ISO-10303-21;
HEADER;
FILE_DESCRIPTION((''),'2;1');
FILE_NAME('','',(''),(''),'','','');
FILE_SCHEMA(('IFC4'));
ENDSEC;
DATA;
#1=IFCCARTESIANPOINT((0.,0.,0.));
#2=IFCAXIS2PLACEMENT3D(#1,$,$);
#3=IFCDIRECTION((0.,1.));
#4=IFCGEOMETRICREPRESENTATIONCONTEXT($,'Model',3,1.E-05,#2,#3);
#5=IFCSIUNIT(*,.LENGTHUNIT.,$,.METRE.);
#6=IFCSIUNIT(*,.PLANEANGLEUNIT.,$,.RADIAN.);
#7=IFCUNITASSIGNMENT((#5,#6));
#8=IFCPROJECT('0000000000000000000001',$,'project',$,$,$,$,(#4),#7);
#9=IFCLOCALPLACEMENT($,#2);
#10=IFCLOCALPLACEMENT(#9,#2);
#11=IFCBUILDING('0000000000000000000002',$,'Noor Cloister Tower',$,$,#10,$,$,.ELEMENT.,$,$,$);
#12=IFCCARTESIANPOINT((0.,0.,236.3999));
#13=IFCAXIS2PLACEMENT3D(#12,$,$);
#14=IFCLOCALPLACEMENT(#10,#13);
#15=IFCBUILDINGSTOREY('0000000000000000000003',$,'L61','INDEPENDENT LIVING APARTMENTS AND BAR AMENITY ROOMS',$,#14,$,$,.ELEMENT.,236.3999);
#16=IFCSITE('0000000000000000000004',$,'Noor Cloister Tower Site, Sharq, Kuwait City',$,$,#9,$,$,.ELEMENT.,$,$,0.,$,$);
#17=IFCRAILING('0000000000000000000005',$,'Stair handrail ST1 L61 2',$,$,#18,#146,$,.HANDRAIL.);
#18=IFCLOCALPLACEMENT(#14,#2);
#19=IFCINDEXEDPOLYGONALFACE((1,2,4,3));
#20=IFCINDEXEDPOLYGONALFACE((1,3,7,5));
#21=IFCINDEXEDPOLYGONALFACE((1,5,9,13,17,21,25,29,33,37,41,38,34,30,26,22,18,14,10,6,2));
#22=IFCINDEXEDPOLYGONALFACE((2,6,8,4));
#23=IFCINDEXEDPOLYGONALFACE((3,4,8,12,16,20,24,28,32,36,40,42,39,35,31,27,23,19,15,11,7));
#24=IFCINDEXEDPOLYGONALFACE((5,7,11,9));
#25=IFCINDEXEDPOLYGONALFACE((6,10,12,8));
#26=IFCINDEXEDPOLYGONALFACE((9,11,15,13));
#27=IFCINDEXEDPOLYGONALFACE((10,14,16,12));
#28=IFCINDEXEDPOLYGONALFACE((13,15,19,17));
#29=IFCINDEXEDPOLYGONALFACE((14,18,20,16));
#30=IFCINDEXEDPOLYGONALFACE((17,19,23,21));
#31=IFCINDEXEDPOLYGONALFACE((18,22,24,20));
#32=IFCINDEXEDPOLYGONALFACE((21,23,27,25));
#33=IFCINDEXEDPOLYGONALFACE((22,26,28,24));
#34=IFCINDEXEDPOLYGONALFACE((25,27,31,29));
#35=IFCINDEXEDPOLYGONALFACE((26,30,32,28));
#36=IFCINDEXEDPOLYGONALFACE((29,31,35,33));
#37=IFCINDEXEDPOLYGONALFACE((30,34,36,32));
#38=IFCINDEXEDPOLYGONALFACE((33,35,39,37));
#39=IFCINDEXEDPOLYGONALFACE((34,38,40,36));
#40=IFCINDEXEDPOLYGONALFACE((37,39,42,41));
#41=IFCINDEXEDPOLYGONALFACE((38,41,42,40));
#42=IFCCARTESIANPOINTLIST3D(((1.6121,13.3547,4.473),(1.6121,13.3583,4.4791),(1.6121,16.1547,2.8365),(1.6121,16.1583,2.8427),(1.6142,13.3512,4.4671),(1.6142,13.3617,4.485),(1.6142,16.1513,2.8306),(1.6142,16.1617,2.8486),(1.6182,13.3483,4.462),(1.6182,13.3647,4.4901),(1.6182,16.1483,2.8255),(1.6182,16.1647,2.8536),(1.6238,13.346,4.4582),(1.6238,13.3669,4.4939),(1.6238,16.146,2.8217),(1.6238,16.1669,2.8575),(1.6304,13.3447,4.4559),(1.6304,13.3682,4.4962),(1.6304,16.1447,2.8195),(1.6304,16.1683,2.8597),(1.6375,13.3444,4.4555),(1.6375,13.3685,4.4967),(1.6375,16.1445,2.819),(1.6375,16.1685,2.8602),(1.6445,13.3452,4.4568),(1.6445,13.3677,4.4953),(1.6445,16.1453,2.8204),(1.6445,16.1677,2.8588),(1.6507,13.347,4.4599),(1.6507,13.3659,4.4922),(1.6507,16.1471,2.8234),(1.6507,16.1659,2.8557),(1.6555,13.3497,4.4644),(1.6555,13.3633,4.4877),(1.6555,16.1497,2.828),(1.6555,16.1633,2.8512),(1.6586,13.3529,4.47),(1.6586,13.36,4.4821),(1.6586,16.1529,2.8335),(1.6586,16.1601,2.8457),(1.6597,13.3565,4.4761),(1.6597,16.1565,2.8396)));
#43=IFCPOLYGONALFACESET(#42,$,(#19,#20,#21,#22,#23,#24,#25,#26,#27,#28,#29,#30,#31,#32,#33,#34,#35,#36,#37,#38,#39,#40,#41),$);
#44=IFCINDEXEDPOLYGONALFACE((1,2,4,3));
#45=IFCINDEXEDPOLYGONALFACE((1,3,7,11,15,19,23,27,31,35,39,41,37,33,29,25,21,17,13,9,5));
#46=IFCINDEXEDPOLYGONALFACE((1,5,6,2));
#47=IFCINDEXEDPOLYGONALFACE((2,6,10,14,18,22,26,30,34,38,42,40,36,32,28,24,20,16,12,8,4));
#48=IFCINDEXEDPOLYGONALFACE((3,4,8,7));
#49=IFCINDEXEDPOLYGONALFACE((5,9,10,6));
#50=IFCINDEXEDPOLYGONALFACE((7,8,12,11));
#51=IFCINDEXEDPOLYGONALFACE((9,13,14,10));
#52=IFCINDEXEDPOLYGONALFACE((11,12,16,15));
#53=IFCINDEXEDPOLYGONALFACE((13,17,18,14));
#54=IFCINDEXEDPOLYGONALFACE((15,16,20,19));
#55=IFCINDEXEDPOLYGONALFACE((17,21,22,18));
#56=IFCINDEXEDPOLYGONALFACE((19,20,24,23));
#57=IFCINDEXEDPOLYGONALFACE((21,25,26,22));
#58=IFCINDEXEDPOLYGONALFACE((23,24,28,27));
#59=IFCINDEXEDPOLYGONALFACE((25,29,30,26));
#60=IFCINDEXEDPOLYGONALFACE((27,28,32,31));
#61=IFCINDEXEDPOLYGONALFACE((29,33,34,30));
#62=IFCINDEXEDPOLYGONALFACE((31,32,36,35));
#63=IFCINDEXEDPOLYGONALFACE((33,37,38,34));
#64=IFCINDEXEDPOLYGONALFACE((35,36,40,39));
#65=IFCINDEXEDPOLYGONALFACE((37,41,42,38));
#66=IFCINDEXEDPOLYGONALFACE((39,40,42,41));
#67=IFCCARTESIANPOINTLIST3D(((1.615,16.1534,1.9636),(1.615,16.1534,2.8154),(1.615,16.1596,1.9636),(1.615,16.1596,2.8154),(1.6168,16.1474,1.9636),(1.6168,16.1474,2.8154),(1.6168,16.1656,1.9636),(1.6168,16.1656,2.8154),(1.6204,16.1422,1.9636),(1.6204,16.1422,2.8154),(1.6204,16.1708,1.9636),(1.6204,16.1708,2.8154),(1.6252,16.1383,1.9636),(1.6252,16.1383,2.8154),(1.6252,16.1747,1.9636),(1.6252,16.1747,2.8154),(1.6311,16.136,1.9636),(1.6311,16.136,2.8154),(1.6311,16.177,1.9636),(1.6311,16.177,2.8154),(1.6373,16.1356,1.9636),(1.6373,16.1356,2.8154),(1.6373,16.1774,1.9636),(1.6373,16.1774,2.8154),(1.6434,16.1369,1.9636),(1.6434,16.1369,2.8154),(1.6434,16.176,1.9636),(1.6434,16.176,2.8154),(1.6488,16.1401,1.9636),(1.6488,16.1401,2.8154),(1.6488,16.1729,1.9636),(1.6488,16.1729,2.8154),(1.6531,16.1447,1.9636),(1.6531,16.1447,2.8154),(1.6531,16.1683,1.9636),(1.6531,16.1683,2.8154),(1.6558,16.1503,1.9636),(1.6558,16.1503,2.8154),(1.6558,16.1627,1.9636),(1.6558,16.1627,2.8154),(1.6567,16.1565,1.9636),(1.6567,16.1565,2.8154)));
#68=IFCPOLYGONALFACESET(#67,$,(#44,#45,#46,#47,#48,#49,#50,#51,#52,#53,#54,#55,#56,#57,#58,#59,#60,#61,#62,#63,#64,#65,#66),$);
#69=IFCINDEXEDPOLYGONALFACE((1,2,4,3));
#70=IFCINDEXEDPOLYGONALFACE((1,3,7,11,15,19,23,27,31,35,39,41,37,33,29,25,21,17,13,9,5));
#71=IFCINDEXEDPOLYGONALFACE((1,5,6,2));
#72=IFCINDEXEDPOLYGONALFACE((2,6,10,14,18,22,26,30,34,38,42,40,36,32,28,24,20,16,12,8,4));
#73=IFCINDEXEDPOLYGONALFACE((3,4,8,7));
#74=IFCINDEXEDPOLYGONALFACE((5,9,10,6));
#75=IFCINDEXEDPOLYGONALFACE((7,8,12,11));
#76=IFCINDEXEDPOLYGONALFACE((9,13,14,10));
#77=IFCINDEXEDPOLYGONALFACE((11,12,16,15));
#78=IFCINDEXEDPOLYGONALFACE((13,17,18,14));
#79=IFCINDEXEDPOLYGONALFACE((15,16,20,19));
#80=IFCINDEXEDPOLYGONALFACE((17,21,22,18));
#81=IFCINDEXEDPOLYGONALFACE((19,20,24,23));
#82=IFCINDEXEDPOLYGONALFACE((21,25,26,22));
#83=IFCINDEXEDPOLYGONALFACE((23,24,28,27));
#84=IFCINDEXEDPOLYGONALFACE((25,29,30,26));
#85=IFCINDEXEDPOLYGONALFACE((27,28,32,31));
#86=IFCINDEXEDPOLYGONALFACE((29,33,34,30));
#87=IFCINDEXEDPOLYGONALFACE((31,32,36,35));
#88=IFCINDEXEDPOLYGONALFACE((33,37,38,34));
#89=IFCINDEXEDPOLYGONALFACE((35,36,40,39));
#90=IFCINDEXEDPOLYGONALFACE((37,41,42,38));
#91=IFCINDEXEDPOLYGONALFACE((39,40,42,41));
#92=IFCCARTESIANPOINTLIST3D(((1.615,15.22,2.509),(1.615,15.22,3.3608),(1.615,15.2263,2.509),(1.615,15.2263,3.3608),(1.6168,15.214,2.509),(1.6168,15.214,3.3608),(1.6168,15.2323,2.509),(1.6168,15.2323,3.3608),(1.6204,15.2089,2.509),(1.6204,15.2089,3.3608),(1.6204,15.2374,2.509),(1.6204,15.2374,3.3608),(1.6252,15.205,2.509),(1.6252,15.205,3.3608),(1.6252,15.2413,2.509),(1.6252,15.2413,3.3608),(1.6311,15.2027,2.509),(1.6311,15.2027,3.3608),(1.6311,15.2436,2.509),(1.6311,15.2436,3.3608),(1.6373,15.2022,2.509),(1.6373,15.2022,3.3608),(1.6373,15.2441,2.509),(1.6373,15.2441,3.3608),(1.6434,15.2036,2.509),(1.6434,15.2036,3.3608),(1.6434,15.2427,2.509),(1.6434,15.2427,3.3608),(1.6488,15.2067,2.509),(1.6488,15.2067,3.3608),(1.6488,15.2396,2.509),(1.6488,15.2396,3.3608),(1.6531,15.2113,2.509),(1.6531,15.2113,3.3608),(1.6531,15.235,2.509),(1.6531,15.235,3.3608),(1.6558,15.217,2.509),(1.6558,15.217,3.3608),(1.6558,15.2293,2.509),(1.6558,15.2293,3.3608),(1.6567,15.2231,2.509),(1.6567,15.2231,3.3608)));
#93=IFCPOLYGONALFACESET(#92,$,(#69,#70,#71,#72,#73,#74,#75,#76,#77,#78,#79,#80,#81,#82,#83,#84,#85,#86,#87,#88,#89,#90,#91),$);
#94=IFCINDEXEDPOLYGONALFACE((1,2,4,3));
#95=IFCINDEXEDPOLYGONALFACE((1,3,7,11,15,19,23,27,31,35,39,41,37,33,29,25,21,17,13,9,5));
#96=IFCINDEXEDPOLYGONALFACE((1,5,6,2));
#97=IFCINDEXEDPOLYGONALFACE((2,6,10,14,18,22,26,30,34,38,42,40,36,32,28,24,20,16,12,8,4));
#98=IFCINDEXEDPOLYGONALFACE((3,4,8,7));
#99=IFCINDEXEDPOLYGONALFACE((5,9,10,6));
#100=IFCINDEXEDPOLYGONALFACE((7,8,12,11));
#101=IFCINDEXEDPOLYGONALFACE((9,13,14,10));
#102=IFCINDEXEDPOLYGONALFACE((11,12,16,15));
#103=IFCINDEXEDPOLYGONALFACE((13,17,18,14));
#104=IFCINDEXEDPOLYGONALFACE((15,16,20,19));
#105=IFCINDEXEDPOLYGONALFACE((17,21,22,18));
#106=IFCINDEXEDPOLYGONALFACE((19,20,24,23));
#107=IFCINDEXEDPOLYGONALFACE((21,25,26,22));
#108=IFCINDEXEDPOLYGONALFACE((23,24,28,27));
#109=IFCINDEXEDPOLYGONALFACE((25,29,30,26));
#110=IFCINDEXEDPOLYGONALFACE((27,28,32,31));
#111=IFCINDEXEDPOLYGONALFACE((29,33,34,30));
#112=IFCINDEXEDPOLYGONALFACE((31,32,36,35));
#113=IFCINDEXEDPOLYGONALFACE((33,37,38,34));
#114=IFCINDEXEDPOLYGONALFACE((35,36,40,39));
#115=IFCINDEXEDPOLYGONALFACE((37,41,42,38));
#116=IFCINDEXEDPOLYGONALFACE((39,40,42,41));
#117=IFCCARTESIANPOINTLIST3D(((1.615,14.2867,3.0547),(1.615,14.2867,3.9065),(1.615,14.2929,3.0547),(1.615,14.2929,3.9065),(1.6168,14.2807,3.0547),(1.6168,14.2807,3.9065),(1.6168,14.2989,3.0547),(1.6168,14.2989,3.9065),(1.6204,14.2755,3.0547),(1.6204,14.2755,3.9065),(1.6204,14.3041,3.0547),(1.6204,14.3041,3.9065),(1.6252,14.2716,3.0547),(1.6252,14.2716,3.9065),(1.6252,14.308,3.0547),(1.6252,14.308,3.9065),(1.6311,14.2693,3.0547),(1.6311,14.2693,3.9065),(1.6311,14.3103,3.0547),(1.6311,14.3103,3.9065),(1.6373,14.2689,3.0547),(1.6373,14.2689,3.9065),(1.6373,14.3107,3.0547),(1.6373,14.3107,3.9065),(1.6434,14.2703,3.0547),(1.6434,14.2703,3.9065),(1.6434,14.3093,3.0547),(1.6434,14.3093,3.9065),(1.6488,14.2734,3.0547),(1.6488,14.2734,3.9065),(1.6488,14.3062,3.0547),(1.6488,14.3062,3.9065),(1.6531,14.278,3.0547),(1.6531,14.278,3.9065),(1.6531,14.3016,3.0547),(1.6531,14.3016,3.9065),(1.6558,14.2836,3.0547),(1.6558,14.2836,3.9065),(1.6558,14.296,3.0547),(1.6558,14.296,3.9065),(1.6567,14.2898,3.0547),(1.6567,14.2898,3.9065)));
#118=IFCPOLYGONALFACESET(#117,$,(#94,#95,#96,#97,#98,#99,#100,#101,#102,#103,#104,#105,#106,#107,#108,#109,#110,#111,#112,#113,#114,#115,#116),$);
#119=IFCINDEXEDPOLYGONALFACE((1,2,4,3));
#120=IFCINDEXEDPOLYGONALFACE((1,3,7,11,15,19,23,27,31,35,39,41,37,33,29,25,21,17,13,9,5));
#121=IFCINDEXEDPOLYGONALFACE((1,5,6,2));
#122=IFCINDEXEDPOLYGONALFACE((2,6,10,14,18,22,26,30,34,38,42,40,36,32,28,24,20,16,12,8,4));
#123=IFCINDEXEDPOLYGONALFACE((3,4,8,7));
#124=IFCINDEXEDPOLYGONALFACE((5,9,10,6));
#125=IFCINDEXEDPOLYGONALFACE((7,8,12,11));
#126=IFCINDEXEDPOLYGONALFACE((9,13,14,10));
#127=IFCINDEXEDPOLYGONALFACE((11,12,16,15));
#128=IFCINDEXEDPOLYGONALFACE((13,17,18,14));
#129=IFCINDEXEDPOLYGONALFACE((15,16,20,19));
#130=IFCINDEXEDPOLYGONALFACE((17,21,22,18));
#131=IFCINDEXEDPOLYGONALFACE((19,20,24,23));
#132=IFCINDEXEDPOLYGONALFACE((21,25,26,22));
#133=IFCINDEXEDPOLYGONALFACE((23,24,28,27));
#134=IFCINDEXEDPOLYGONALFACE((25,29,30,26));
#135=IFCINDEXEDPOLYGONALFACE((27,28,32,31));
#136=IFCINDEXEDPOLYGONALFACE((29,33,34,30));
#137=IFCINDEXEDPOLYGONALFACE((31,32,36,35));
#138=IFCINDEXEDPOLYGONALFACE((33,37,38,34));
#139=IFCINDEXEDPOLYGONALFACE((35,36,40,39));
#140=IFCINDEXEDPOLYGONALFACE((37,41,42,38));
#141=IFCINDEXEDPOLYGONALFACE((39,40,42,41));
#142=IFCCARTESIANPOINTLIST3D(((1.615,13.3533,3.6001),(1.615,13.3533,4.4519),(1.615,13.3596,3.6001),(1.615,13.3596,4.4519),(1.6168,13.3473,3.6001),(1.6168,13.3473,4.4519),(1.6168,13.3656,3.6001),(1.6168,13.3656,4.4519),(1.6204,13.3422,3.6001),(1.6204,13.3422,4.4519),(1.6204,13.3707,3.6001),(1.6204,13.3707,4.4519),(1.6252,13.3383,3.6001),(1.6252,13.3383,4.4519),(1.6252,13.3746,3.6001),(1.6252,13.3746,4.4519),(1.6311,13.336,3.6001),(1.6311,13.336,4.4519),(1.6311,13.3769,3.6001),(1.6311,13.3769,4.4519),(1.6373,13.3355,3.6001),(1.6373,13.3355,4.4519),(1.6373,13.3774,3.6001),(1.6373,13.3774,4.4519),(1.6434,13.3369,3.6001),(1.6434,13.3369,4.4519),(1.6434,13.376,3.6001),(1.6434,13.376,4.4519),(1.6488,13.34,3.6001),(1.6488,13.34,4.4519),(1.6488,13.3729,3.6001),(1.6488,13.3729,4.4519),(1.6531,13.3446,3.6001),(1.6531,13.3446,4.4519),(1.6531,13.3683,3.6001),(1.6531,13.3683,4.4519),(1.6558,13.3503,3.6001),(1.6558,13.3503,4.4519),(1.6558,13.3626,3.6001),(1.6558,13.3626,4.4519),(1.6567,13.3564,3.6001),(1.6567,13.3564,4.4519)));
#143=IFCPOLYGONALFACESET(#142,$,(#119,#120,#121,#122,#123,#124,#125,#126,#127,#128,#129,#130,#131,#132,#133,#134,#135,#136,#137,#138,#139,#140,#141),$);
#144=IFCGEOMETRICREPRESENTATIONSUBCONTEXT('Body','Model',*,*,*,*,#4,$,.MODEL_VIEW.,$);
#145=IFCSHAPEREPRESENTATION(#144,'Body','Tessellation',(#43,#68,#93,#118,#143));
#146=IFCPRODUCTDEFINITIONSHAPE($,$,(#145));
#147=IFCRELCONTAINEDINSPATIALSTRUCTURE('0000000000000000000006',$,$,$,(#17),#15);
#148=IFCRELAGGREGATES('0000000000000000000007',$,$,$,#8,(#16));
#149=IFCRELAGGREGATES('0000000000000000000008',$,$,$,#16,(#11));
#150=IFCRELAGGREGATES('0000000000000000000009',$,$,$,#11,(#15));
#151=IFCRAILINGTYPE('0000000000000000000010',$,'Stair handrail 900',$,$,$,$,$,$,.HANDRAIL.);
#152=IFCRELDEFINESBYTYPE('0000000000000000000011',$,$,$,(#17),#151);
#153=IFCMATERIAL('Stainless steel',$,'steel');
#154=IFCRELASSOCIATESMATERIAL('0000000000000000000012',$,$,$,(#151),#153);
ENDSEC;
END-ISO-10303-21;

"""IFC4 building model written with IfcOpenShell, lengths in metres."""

from ifc_helpers import new_model, si_unit, direction, frame, origin, origin_2d, place, context, subcontext, project, spatial, circle, extrude, material, type_object, element, save


model = new_model("IFC4")

# Units and contexts
model_context = context("Model", 3, precision=1e-05, world=origin(), true_north=direction((0.0, 1.0)))
body_context = subcontext(model_context, "Body", "Model", "MODEL_VIEW")
ifc_project = project(units=[si_unit("LENGTHUNIT", "METRE"), si_unit("PLANEANGLEUNIT", "RADIAN")], contexts=[model_context])

# Site, building, storey
site_placement = place(None, origin())
site = spatial("IfcSite", under=ifc_project, at=site_placement, Name="Noor Cloister Tower Site, Sharq, Kuwait City", CompositionType="ELEMENT", RefElevation=0.0)
building_placement = place(site_placement, origin())
building = spatial("IfcBuilding", under=site, at=building_placement, Name="Noor Cloister Tower", CompositionType="ELEMENT")
storey_placement = place(building_placement, frame((0.0, 0.0, 236.3999)))
storey = spatial("IfcBuildingStorey", under=building, at=storey_placement, Name="L61", Description="INDEPENDENT LIVING APARTMENTS AND BAR AMENITY ROOMS", CompositionType="ELEMENT", Elevation=236.3999)

# Railing
ifc_material_1 = material(Name="Stainless steel", Category="steel")
railing_type_1 = type_object("IfcRailingType", Name="Stair handrail 900", PredefinedType="HANDRAIL", material=ifc_material_1)
railing_1_placement = place(storey_placement, frame((1.6357, 16.1565, 1.9636)))
element("IfcRailing", 1, at=railing_1_placement, inside=storey, type_object=railing_type_1, Name="Stair handrail ST1 L61 2", PredefinedType="HANDRAIL", context=body_context, shape_type="SweptSolid", body=[
    extrude(circle(Radius=0.0239, at=origin_2d()), frame((0.0, 0.0, 0.876), z_axis=(0.0, -0.863361, 0.504587), x_axis=(1.0, 0.0, 0.0)), (0.0, 0.0, 1.0), 3.2432),
    extrude(circle(Radius=0.021, at=origin_2d()), origin(), (0.0, 0.0, 1.0), 0.8518),
    extrude(circle(Radius=0.021, at=origin_2d()), frame((0.0, -0.9333, 0.5454)), (0.0, 0.0, 1.0), 0.8518),
    extrude(circle(Radius=0.021, at=origin_2d()), frame((0.0, -1.8667, 1.0911)), (0.0, 0.0, 1.0), 0.8518),
    extrude(circle(Radius=0.021, at=origin_2d()), frame((0.0, -2.8, 1.6365)), (0.0, 0.0, 1.0), 0.8518),
])

save(model, "model.ifc")
